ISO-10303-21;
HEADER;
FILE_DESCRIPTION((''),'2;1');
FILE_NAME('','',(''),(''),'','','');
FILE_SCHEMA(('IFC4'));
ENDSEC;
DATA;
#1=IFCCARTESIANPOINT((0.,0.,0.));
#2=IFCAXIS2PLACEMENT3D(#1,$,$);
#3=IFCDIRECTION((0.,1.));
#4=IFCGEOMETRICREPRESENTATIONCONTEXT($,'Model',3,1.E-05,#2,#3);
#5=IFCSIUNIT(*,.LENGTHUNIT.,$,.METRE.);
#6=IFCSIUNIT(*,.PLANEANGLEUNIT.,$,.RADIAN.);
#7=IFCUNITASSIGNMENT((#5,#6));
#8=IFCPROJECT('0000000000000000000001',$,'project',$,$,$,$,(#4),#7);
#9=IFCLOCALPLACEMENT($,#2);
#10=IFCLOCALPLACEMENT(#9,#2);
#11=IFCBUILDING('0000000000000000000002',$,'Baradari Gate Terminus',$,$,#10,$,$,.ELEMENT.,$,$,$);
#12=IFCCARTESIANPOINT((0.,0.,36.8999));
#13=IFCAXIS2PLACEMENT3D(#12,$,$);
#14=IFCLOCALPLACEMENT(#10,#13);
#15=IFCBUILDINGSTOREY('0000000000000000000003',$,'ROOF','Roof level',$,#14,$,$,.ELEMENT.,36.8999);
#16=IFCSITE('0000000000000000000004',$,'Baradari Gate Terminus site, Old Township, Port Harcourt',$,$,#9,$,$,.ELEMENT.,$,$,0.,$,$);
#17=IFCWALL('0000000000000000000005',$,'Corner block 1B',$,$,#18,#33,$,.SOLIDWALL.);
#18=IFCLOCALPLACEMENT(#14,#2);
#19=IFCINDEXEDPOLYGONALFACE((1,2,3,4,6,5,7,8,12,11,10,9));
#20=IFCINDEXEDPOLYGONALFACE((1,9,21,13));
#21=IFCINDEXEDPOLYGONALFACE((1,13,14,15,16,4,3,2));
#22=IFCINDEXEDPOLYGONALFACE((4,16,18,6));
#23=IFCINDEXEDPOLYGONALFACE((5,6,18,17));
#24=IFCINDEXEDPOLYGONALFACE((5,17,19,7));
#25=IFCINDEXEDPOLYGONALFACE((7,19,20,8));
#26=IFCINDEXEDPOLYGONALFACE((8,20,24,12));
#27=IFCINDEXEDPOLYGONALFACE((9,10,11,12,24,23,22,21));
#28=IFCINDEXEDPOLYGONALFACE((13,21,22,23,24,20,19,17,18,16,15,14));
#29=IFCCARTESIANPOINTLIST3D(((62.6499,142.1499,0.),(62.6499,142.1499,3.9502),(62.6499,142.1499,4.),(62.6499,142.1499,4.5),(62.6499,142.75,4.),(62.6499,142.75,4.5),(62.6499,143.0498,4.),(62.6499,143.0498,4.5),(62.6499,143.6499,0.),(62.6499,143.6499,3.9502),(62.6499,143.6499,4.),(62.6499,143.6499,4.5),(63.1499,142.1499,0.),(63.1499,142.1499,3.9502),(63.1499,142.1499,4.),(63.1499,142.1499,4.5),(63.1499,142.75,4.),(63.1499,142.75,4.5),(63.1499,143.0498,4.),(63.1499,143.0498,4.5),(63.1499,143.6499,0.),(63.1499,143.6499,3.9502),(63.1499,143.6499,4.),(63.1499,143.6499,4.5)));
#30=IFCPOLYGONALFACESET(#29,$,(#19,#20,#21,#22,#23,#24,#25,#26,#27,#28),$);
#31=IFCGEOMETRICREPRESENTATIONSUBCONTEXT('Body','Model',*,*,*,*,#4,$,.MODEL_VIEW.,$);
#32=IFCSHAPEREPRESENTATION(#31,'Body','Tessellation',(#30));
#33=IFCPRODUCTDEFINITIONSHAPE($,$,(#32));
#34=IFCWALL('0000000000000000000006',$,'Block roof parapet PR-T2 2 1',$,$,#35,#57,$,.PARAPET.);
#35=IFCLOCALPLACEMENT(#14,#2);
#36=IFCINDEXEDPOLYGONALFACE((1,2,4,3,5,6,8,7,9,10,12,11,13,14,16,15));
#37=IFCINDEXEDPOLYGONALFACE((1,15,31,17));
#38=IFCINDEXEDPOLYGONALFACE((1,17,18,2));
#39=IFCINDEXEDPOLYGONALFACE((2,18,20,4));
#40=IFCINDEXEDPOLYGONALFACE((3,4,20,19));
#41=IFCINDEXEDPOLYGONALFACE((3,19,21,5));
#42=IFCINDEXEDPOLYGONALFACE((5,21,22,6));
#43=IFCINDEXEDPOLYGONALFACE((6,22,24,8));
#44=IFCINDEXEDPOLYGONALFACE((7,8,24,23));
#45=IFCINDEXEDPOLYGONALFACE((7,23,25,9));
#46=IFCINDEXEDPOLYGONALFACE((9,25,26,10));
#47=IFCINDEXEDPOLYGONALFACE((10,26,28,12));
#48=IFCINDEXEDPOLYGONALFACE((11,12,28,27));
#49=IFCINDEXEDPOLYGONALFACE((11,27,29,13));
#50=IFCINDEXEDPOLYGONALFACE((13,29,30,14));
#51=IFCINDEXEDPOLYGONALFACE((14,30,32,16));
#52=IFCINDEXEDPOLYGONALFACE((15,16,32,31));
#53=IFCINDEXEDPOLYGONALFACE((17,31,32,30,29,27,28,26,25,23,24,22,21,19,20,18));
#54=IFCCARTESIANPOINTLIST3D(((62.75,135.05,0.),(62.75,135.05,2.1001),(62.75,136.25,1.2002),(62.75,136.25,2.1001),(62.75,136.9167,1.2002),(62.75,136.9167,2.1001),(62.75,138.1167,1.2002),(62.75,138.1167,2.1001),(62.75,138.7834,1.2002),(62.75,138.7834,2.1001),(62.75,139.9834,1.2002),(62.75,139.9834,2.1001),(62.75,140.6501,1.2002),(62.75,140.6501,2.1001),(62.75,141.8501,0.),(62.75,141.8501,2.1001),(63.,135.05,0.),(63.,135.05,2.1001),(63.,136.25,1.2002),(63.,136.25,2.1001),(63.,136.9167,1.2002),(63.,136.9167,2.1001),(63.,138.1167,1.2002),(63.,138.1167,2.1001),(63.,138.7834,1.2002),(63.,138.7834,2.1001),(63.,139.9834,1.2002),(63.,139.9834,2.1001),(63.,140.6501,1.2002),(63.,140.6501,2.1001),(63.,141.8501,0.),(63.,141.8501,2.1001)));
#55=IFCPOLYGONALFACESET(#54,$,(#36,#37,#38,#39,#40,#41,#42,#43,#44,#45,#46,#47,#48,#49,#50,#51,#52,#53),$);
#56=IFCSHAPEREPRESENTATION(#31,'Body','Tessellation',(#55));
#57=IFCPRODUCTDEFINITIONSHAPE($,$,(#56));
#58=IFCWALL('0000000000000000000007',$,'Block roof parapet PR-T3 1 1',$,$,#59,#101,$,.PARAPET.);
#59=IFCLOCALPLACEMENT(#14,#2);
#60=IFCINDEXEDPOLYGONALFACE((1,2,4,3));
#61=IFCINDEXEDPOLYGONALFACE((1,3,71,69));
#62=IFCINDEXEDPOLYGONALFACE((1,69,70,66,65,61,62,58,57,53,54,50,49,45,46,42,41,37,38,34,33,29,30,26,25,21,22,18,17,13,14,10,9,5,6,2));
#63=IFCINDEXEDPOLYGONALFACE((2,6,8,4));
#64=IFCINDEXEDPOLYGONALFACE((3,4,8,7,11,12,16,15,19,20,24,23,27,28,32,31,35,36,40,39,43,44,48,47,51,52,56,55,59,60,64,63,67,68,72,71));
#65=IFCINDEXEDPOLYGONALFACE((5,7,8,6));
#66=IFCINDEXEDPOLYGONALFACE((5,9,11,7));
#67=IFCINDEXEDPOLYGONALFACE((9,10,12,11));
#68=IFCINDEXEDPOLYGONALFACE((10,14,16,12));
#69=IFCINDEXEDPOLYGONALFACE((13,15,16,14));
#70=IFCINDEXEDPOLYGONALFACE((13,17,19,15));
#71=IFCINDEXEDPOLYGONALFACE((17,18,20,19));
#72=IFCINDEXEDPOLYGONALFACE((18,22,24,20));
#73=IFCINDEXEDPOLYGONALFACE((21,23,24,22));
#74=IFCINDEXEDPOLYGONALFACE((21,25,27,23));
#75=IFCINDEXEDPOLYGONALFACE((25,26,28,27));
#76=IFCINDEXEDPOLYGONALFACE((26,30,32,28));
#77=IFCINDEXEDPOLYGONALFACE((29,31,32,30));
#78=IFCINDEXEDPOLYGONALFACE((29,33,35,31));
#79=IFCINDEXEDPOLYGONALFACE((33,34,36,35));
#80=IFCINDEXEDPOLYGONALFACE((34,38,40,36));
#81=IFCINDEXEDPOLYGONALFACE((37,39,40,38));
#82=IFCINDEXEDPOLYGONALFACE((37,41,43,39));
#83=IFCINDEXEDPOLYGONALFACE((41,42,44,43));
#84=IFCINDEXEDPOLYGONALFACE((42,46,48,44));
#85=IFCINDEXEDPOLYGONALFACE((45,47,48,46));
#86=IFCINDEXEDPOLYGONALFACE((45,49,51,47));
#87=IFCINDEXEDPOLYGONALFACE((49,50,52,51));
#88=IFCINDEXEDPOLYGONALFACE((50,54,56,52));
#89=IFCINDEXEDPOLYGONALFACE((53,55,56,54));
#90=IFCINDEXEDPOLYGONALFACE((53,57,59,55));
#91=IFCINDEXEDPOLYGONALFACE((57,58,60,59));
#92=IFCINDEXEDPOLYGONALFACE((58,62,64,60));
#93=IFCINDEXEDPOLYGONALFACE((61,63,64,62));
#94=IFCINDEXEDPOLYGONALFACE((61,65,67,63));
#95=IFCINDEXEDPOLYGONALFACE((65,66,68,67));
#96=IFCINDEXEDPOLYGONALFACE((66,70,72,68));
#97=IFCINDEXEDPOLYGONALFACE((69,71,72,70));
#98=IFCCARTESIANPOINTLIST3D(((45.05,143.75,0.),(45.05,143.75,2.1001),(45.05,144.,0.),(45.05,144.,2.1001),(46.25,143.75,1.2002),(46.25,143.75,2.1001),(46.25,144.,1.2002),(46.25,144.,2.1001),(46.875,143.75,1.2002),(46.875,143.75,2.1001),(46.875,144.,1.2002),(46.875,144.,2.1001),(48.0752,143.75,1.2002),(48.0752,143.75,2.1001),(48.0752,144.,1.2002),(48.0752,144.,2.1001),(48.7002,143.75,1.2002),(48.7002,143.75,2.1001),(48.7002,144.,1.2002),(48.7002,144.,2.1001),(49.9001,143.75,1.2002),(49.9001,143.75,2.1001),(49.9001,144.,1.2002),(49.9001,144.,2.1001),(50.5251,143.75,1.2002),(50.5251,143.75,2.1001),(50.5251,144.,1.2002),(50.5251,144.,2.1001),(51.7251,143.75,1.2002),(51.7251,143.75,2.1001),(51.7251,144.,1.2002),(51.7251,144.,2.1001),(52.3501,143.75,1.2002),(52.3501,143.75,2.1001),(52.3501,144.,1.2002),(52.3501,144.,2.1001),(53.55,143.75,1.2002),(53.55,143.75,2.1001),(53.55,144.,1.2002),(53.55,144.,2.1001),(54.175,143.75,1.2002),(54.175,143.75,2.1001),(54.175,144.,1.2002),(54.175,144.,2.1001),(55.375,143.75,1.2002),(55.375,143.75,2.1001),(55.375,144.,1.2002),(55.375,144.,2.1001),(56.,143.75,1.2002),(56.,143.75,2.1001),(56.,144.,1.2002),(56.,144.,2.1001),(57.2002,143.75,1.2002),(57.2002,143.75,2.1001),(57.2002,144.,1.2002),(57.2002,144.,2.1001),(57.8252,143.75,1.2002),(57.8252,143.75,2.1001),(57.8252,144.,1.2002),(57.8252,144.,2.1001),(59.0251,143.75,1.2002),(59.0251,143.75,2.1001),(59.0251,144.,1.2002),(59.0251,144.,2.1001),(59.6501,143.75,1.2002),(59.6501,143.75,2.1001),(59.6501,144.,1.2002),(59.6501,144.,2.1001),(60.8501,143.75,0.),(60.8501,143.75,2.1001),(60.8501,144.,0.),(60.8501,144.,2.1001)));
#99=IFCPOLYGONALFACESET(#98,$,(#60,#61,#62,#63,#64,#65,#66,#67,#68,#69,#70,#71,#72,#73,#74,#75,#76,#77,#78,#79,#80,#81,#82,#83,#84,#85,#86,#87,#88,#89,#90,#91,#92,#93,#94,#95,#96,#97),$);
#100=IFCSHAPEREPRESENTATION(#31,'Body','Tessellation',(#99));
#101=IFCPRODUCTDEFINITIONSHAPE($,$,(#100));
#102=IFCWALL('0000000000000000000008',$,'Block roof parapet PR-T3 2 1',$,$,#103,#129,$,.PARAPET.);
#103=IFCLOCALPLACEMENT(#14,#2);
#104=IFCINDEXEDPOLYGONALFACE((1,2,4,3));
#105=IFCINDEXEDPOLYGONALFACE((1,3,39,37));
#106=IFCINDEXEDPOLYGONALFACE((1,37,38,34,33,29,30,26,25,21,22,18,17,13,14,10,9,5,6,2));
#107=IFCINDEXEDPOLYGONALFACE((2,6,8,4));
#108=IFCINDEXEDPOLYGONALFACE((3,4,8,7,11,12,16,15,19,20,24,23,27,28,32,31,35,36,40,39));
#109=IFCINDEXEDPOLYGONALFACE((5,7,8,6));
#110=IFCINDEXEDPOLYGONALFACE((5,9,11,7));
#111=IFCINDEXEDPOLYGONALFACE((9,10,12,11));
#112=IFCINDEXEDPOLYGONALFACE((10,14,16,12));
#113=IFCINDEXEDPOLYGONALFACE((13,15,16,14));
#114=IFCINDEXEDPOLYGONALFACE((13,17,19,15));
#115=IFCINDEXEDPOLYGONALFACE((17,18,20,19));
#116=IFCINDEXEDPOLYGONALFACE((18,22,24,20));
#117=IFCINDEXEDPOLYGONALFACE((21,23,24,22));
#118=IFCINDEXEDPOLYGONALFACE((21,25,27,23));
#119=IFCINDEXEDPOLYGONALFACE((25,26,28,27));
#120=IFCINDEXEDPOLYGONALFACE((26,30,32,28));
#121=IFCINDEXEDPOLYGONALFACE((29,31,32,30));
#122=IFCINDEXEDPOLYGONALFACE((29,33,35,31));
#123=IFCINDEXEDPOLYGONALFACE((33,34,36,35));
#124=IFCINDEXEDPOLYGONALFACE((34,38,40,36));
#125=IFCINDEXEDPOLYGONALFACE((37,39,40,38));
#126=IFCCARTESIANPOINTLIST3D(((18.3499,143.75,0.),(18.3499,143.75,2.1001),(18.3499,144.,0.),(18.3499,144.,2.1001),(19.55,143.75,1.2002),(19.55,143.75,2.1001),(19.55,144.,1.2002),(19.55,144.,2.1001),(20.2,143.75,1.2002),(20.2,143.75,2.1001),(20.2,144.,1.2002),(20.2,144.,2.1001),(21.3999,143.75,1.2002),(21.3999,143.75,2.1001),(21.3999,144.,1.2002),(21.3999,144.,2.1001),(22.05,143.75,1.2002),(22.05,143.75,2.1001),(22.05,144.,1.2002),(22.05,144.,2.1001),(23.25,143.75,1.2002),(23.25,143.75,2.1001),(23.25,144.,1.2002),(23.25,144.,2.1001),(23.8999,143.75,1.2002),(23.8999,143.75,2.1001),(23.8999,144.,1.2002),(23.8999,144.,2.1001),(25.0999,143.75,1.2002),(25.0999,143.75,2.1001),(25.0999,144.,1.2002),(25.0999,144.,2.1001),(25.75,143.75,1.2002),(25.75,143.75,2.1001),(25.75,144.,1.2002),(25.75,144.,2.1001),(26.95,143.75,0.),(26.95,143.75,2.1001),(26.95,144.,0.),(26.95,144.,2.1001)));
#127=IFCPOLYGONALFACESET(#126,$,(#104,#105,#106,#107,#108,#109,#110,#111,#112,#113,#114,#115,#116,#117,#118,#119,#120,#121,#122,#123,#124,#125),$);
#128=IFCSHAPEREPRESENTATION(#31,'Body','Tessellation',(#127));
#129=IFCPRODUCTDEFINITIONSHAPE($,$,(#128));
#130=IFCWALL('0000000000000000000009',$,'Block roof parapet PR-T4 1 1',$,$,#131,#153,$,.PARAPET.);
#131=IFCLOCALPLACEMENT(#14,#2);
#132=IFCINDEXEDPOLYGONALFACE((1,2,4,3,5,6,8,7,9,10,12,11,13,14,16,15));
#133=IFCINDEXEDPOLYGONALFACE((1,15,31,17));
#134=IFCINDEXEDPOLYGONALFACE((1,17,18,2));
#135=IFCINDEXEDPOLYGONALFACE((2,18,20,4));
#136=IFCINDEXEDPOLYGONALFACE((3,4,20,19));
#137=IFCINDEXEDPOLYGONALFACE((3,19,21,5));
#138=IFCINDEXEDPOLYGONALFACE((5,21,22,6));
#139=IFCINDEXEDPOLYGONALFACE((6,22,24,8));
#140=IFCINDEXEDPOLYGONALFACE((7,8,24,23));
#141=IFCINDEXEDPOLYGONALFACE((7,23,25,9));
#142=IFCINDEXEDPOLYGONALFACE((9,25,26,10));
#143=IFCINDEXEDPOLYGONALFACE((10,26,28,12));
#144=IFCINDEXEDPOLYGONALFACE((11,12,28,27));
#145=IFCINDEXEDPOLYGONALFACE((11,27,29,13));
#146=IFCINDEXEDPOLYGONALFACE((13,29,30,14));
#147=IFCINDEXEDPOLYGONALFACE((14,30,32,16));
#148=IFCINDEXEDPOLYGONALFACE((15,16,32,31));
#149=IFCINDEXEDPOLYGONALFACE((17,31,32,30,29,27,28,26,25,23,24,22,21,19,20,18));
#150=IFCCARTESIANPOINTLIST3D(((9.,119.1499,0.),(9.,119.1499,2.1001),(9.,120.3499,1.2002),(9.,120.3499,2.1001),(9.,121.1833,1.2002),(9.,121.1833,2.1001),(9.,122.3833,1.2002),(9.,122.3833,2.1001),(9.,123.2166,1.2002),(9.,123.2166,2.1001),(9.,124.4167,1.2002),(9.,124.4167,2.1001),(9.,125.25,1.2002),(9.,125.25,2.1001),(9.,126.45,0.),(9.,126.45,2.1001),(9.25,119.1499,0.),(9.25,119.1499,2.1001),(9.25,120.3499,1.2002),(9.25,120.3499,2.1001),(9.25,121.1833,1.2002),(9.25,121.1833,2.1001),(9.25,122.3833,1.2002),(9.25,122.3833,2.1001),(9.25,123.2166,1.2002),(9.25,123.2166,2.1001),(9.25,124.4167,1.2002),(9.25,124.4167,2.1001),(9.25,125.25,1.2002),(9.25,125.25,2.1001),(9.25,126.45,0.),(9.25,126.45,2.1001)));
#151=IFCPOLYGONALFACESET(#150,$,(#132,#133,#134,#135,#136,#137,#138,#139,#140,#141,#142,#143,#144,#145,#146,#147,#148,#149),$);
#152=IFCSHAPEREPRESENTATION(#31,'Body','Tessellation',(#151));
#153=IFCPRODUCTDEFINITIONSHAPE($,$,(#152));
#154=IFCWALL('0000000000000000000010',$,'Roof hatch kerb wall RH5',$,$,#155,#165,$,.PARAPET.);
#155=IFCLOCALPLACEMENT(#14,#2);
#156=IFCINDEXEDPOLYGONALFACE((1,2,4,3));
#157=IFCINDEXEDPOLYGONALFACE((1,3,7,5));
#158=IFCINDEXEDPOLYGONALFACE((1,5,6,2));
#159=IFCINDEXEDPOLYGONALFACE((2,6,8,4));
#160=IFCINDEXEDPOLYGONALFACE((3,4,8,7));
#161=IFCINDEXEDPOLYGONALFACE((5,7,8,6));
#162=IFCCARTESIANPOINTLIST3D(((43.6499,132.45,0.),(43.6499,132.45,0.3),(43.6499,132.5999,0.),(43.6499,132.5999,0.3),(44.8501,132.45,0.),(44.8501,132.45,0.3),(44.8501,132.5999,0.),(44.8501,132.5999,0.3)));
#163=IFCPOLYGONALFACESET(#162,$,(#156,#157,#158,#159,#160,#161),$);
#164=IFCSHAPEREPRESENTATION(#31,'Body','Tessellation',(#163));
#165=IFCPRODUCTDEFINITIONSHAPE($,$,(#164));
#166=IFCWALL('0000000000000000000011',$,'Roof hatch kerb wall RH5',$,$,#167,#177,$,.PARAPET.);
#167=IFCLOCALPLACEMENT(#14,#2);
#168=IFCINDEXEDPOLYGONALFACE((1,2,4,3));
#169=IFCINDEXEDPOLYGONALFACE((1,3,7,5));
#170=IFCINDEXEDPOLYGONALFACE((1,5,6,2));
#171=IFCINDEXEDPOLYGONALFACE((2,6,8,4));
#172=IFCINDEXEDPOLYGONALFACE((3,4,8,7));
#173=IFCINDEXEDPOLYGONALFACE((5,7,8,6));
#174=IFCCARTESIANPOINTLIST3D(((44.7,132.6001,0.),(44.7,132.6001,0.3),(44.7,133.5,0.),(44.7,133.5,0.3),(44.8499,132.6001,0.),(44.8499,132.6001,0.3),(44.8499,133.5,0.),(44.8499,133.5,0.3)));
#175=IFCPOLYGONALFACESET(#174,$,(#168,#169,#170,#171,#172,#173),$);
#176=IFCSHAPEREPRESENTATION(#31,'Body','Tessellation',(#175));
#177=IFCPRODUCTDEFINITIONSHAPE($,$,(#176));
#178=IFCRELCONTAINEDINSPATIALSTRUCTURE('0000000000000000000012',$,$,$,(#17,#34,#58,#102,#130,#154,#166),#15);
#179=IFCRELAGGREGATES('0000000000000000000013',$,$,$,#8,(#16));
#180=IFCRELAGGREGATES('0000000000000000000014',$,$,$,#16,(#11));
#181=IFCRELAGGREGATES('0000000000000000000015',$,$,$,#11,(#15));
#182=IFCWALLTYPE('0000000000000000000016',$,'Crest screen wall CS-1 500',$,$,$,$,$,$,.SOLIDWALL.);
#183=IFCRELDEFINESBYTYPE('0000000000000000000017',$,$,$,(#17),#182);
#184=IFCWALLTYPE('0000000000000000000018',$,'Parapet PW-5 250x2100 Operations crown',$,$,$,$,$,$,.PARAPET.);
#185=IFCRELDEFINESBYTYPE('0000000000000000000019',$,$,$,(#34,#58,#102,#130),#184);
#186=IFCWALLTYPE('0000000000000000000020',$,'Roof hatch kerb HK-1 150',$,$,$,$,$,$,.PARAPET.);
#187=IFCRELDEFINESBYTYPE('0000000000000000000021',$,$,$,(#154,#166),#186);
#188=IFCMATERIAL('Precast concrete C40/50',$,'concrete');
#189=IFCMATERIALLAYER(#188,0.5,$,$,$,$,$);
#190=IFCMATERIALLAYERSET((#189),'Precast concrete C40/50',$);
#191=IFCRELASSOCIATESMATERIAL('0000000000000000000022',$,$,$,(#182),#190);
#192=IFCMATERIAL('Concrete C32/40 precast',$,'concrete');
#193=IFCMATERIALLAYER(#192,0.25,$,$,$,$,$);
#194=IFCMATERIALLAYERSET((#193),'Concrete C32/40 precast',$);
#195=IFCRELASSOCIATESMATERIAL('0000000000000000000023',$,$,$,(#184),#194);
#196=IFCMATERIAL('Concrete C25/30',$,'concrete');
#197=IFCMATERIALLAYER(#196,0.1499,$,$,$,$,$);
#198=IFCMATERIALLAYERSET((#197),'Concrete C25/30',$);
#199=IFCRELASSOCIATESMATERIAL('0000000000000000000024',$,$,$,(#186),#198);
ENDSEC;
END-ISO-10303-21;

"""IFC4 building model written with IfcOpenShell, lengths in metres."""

from ifc_helpers import new_model, si_unit, direction, frame, frame_2d, origin, place, context, subcontext, project, spatial, polyline, rectangle, outline, extrude, material, layer, layer_set, type_object, element, save


model = new_model("IFC4")

# Units and contexts
model_context = context("Model", 3, precision=1e-05, world=origin(), true_north=direction((0.0, 1.0)))
body_context = subcontext(model_context, "Body", "Model", "MODEL_VIEW")
ifc_project = project(units=[si_unit("LENGTHUNIT", "METRE"), si_unit("PLANEANGLEUNIT", "RADIAN")], contexts=[model_context])

# Site, building, storey
site_placement = place(None, origin())
site = spatial("IfcSite", under=ifc_project, at=site_placement, Name="Baradari Gate Terminus site, Old Township, Port Harcourt", CompositionType="ELEMENT", RefElevation=0.0)
building_placement = place(site_placement, origin())
building = spatial("IfcBuilding", under=site, at=building_placement, Name="Baradari Gate Terminus", CompositionType="ELEMENT")
storey_placement = place(building_placement, frame((0.0, 0.0, 36.8999)))
storey = spatial("IfcBuildingStorey", under=building, at=storey_placement, Name="ROOF", Description="Roof level", CompositionType="ELEMENT", Elevation=36.8999)

# Walls
ifc_material_1 = material(Name="Precast concrete C40/50", Category="concrete")
ifc_layer_1 = layer(ifc_material_1, 0.5)
ifc_layer_set_1 = layer_set([ifc_layer_1], Name="Precast concrete C40/50")
wall_type_1 = type_object("IfcWallType", Name="Crest screen wall CS-1 500", PredefinedType="SOLIDWALL", material=ifc_layer_set_1)
wall_1_placement = place(storey_placement, frame((62.8999, 143.6499, 0.0), z_axis=(0.0, 0.0, 1.0), x_axis=(0.0, -1.0, 0.0)))
element("IfcWall", 1, at=wall_1_placement, inside=storey, type_object=wall_type_1, Name="Corner block 1B", PredefinedType="SOLIDWALL", context=body_context, shape_type="SweptSolid", body=[
    extrude(outline(polyline([(1.5, 3.9502), (1.5, 4.0), (1.5, 4.5), (0.8999, 4.5), (0.8999, 4.0), (0.6001, 4.0), (0.6001, 4.5), (0.0, 4.5), (0.0, 4.0), (0.0, 3.9502), (0.0, 0.0), (1.5, 0.0), (1.5, 3.9502)])), frame((0.0, 0.25, 0.0), z_axis=(0.0, -1.0, 0.0), x_axis=(1.0, 0.0, 0.0)), (0.0, 0.0, 1.0), 0.5),
])
ifc_material_2 = material(Name="Concrete C32/40 precast", Category="concrete")
ifc_layer_2 = layer(ifc_material_2, 0.25)
ifc_layer_set_2 = layer_set([ifc_layer_2], Name="Concrete C32/40 precast")
wall_type_2 = type_object("IfcWallType", Name="Parapet PW-5 250x2100 Operations crown", PredefinedType="PARAPET", material=ifc_layer_set_2)
wall_2_placement = place(storey_placement, frame((62.875, 135.05, 0.0), z_axis=(0.0, 0.0, 1.0), x_axis=(0.0, 1.0, 0.0)))
element("IfcWall", 2, at=wall_2_placement, inside=storey, type_object=wall_type_2, Name="Block roof parapet PR-T2 2 1", PredefinedType="PARAPET", context=body_context, shape_type="SweptSolid", body=[
    extrude(outline(polyline([(6.8, 0.0), (6.8, 2.1001), (5.6001, 2.1001), (5.6001, 1.2002), (4.9333, 1.2002), (4.9333, 2.1001), (3.7334, 2.1001), (3.7334, 1.2002), (3.0667, 1.2002), (3.0667, 2.1001), (1.8667, 2.1001), (1.8667, 1.2002), (1.2, 1.2002), (1.2, 2.1001), (0.0, 2.1001), (0.0, 0.0), (6.8, 0.0)])), frame((0.0, 0.125, 0.0), z_axis=(0.0, -1.0, 0.0), x_axis=(1.0, 0.0, 0.0)), (0.0, 0.0, 1.0), 0.25),
])
wall_3_placement = place(storey_placement, frame((60.8501, 143.875, 0.0), z_axis=(0.0, 0.0, 1.0), x_axis=(-1.0, 0.0, 0.0)))
element("IfcWall", 3, at=wall_3_placement, inside=storey, type_object=wall_type_2, Name="Block roof parapet PR-T3 1 1", PredefinedType="PARAPET", context=body_context, shape_type="SweptSolid", body=[
    extrude(outline(polyline([(1.2, 1.2002), (1.2, 2.1001), (0.0, 2.1001), (0.0, 0.0), (15.8, 0.0), (15.8, 2.1001), (14.6001, 2.1001), (14.6001, 1.2002), (13.9751, 1.2002), (13.9751, 2.1001), (12.7749, 2.1001), (12.7749, 1.2002), (12.1499, 1.2002), (12.1499, 2.1001), (10.95, 2.1001), (10.95, 1.2002), (10.325, 1.2002), (10.325, 2.1001), (9.125, 2.1001), (9.125, 1.2002), (8.5, 1.2002), (8.5, 2.1001), (7.3, 2.1001), (7.3, 1.2002), (6.675, 1.2002), (6.675, 2.1001), (5.4751, 2.1001), (5.4751, 1.2002), (4.8501, 1.2002), (4.8501, 2.1001), (3.6499, 2.1001), (3.6499, 1.2002), (3.0249, 1.2002), (3.0249, 2.1001), (1.825, 2.1001), (1.825, 1.2002), (1.2, 1.2002)])), frame((0.0, 0.125, 0.0), z_axis=(0.0, -1.0, 0.0), x_axis=(1.0, 0.0, 0.0)), (0.0, 0.0, 1.0), 0.25),
])
wall_4_placement = place(storey_placement, frame((26.95, 143.875, 0.0), z_axis=(0.0, 0.0, 1.0), x_axis=(-1.0, 0.0, 0.0)))
element("IfcWall", 4, at=wall_4_placement, inside=storey, type_object=wall_type_2, Name="Block roof parapet PR-T3 2 1", PredefinedType="PARAPET", context=body_context, shape_type="SweptSolid", body=[
    extrude(outline(polyline([(8.6001, 0.0), (8.6001, 2.1001), (7.3999, 2.1001), (7.3999, 1.2002), (6.75, 1.2002), (6.75, 2.1001), (5.55, 2.1001), (5.55, 1.2002), (4.8999, 1.2002), (4.8999, 2.1001), (3.7, 2.1001), (3.7, 1.2002), (3.05, 1.2002), (3.05, 2.1001), (1.8501, 2.1001), (1.8501, 1.2002), (1.2, 1.2002), (1.2, 2.1001), (0.0, 2.1001), (0.0, 0.0), (8.6001, 0.0)])), frame((0.0, 0.125, 0.0), z_axis=(0.0, -1.0, 0.0), x_axis=(1.0, 0.0, 0.0)), (0.0, 0.0, 1.0), 0.25),
])
wall_5_placement = place(storey_placement, frame((9.125, 126.45, 0.0), z_axis=(0.0, 0.0, 1.0), x_axis=(0.0, -1.0, 0.0)))
element("IfcWall", 5, at=wall_5_placement, inside=storey, type_object=wall_type_2, Name="Block roof parapet PR-T4 1 1", PredefinedType="PARAPET", context=body_context, shape_type="SweptSolid", body=[
    extrude(outline(polyline([(7.3, 0.0), (7.3, 2.1001), (6.1001, 2.1001), (6.1001, 1.2002), (5.2666, 1.2002), (5.2666, 2.1001), (4.0667, 2.1001), (4.0667, 1.2002), (3.2334, 1.2002), (3.2334, 2.1001), (2.0332, 2.1001), (2.0332, 1.2002), (1.2, 1.2002), (1.2, 2.1001), (0.0, 2.1001), (0.0, 0.0), (7.3, 0.0)])), frame((0.0, 0.125, 0.0), z_axis=(0.0, -1.0, 0.0), x_axis=(1.0, 0.0, 0.0)), (0.0, 0.0, 1.0), 0.25),
])
ifc_material_3 = material(Name="Concrete C25/30", Category="concrete")
ifc_layer_3 = layer(ifc_material_3, 0.1499)
ifc_layer_set_3 = layer_set([ifc_layer_3], Name="Concrete C25/30")
wall_type_3 = type_object("IfcWallType", Name="Roof hatch kerb HK-1 150", PredefinedType="PARAPET", material=ifc_layer_set_3)
wall_6_placement = place(storey_placement, frame((43.6499, 132.5249, 0.0), z_axis=(0.0, 0.0, 1.0), x_axis=(1.0, 0.0, 0.0)))
element("IfcWall", 6, at=wall_6_placement, inside=storey, type_object=wall_type_3, Name="Roof hatch kerb wall RH5", PredefinedType="PARAPET", context=body_context, shape_type="SweptSolid", body=[
    extrude(rectangle(XDim=1.2002, YDim=0.1499, at=frame_2d((0.6001, 0.0))), origin(), (0.0, 0.0, 1.0), 0.3),
])
wall_7_placement = place(storey_placement, frame((44.7749, 132.6001, 0.0), z_axis=(0.0, 0.0, 1.0), x_axis=(0.0, 1.0, 0.0)))
element("IfcWall", 7, at=wall_7_placement, inside=storey, type_object=wall_type_3, Name="Roof hatch kerb wall RH5", PredefinedType="PARAPET", context=body_context, shape_type="SweptSolid", body=[
    extrude(rectangle(XDim=0.8999, YDim=0.1499, at=frame_2d((0.45, 0.0))), origin(), (0.0, 0.0, 1.0), 0.3),
])

save(model, "model.ifc")
